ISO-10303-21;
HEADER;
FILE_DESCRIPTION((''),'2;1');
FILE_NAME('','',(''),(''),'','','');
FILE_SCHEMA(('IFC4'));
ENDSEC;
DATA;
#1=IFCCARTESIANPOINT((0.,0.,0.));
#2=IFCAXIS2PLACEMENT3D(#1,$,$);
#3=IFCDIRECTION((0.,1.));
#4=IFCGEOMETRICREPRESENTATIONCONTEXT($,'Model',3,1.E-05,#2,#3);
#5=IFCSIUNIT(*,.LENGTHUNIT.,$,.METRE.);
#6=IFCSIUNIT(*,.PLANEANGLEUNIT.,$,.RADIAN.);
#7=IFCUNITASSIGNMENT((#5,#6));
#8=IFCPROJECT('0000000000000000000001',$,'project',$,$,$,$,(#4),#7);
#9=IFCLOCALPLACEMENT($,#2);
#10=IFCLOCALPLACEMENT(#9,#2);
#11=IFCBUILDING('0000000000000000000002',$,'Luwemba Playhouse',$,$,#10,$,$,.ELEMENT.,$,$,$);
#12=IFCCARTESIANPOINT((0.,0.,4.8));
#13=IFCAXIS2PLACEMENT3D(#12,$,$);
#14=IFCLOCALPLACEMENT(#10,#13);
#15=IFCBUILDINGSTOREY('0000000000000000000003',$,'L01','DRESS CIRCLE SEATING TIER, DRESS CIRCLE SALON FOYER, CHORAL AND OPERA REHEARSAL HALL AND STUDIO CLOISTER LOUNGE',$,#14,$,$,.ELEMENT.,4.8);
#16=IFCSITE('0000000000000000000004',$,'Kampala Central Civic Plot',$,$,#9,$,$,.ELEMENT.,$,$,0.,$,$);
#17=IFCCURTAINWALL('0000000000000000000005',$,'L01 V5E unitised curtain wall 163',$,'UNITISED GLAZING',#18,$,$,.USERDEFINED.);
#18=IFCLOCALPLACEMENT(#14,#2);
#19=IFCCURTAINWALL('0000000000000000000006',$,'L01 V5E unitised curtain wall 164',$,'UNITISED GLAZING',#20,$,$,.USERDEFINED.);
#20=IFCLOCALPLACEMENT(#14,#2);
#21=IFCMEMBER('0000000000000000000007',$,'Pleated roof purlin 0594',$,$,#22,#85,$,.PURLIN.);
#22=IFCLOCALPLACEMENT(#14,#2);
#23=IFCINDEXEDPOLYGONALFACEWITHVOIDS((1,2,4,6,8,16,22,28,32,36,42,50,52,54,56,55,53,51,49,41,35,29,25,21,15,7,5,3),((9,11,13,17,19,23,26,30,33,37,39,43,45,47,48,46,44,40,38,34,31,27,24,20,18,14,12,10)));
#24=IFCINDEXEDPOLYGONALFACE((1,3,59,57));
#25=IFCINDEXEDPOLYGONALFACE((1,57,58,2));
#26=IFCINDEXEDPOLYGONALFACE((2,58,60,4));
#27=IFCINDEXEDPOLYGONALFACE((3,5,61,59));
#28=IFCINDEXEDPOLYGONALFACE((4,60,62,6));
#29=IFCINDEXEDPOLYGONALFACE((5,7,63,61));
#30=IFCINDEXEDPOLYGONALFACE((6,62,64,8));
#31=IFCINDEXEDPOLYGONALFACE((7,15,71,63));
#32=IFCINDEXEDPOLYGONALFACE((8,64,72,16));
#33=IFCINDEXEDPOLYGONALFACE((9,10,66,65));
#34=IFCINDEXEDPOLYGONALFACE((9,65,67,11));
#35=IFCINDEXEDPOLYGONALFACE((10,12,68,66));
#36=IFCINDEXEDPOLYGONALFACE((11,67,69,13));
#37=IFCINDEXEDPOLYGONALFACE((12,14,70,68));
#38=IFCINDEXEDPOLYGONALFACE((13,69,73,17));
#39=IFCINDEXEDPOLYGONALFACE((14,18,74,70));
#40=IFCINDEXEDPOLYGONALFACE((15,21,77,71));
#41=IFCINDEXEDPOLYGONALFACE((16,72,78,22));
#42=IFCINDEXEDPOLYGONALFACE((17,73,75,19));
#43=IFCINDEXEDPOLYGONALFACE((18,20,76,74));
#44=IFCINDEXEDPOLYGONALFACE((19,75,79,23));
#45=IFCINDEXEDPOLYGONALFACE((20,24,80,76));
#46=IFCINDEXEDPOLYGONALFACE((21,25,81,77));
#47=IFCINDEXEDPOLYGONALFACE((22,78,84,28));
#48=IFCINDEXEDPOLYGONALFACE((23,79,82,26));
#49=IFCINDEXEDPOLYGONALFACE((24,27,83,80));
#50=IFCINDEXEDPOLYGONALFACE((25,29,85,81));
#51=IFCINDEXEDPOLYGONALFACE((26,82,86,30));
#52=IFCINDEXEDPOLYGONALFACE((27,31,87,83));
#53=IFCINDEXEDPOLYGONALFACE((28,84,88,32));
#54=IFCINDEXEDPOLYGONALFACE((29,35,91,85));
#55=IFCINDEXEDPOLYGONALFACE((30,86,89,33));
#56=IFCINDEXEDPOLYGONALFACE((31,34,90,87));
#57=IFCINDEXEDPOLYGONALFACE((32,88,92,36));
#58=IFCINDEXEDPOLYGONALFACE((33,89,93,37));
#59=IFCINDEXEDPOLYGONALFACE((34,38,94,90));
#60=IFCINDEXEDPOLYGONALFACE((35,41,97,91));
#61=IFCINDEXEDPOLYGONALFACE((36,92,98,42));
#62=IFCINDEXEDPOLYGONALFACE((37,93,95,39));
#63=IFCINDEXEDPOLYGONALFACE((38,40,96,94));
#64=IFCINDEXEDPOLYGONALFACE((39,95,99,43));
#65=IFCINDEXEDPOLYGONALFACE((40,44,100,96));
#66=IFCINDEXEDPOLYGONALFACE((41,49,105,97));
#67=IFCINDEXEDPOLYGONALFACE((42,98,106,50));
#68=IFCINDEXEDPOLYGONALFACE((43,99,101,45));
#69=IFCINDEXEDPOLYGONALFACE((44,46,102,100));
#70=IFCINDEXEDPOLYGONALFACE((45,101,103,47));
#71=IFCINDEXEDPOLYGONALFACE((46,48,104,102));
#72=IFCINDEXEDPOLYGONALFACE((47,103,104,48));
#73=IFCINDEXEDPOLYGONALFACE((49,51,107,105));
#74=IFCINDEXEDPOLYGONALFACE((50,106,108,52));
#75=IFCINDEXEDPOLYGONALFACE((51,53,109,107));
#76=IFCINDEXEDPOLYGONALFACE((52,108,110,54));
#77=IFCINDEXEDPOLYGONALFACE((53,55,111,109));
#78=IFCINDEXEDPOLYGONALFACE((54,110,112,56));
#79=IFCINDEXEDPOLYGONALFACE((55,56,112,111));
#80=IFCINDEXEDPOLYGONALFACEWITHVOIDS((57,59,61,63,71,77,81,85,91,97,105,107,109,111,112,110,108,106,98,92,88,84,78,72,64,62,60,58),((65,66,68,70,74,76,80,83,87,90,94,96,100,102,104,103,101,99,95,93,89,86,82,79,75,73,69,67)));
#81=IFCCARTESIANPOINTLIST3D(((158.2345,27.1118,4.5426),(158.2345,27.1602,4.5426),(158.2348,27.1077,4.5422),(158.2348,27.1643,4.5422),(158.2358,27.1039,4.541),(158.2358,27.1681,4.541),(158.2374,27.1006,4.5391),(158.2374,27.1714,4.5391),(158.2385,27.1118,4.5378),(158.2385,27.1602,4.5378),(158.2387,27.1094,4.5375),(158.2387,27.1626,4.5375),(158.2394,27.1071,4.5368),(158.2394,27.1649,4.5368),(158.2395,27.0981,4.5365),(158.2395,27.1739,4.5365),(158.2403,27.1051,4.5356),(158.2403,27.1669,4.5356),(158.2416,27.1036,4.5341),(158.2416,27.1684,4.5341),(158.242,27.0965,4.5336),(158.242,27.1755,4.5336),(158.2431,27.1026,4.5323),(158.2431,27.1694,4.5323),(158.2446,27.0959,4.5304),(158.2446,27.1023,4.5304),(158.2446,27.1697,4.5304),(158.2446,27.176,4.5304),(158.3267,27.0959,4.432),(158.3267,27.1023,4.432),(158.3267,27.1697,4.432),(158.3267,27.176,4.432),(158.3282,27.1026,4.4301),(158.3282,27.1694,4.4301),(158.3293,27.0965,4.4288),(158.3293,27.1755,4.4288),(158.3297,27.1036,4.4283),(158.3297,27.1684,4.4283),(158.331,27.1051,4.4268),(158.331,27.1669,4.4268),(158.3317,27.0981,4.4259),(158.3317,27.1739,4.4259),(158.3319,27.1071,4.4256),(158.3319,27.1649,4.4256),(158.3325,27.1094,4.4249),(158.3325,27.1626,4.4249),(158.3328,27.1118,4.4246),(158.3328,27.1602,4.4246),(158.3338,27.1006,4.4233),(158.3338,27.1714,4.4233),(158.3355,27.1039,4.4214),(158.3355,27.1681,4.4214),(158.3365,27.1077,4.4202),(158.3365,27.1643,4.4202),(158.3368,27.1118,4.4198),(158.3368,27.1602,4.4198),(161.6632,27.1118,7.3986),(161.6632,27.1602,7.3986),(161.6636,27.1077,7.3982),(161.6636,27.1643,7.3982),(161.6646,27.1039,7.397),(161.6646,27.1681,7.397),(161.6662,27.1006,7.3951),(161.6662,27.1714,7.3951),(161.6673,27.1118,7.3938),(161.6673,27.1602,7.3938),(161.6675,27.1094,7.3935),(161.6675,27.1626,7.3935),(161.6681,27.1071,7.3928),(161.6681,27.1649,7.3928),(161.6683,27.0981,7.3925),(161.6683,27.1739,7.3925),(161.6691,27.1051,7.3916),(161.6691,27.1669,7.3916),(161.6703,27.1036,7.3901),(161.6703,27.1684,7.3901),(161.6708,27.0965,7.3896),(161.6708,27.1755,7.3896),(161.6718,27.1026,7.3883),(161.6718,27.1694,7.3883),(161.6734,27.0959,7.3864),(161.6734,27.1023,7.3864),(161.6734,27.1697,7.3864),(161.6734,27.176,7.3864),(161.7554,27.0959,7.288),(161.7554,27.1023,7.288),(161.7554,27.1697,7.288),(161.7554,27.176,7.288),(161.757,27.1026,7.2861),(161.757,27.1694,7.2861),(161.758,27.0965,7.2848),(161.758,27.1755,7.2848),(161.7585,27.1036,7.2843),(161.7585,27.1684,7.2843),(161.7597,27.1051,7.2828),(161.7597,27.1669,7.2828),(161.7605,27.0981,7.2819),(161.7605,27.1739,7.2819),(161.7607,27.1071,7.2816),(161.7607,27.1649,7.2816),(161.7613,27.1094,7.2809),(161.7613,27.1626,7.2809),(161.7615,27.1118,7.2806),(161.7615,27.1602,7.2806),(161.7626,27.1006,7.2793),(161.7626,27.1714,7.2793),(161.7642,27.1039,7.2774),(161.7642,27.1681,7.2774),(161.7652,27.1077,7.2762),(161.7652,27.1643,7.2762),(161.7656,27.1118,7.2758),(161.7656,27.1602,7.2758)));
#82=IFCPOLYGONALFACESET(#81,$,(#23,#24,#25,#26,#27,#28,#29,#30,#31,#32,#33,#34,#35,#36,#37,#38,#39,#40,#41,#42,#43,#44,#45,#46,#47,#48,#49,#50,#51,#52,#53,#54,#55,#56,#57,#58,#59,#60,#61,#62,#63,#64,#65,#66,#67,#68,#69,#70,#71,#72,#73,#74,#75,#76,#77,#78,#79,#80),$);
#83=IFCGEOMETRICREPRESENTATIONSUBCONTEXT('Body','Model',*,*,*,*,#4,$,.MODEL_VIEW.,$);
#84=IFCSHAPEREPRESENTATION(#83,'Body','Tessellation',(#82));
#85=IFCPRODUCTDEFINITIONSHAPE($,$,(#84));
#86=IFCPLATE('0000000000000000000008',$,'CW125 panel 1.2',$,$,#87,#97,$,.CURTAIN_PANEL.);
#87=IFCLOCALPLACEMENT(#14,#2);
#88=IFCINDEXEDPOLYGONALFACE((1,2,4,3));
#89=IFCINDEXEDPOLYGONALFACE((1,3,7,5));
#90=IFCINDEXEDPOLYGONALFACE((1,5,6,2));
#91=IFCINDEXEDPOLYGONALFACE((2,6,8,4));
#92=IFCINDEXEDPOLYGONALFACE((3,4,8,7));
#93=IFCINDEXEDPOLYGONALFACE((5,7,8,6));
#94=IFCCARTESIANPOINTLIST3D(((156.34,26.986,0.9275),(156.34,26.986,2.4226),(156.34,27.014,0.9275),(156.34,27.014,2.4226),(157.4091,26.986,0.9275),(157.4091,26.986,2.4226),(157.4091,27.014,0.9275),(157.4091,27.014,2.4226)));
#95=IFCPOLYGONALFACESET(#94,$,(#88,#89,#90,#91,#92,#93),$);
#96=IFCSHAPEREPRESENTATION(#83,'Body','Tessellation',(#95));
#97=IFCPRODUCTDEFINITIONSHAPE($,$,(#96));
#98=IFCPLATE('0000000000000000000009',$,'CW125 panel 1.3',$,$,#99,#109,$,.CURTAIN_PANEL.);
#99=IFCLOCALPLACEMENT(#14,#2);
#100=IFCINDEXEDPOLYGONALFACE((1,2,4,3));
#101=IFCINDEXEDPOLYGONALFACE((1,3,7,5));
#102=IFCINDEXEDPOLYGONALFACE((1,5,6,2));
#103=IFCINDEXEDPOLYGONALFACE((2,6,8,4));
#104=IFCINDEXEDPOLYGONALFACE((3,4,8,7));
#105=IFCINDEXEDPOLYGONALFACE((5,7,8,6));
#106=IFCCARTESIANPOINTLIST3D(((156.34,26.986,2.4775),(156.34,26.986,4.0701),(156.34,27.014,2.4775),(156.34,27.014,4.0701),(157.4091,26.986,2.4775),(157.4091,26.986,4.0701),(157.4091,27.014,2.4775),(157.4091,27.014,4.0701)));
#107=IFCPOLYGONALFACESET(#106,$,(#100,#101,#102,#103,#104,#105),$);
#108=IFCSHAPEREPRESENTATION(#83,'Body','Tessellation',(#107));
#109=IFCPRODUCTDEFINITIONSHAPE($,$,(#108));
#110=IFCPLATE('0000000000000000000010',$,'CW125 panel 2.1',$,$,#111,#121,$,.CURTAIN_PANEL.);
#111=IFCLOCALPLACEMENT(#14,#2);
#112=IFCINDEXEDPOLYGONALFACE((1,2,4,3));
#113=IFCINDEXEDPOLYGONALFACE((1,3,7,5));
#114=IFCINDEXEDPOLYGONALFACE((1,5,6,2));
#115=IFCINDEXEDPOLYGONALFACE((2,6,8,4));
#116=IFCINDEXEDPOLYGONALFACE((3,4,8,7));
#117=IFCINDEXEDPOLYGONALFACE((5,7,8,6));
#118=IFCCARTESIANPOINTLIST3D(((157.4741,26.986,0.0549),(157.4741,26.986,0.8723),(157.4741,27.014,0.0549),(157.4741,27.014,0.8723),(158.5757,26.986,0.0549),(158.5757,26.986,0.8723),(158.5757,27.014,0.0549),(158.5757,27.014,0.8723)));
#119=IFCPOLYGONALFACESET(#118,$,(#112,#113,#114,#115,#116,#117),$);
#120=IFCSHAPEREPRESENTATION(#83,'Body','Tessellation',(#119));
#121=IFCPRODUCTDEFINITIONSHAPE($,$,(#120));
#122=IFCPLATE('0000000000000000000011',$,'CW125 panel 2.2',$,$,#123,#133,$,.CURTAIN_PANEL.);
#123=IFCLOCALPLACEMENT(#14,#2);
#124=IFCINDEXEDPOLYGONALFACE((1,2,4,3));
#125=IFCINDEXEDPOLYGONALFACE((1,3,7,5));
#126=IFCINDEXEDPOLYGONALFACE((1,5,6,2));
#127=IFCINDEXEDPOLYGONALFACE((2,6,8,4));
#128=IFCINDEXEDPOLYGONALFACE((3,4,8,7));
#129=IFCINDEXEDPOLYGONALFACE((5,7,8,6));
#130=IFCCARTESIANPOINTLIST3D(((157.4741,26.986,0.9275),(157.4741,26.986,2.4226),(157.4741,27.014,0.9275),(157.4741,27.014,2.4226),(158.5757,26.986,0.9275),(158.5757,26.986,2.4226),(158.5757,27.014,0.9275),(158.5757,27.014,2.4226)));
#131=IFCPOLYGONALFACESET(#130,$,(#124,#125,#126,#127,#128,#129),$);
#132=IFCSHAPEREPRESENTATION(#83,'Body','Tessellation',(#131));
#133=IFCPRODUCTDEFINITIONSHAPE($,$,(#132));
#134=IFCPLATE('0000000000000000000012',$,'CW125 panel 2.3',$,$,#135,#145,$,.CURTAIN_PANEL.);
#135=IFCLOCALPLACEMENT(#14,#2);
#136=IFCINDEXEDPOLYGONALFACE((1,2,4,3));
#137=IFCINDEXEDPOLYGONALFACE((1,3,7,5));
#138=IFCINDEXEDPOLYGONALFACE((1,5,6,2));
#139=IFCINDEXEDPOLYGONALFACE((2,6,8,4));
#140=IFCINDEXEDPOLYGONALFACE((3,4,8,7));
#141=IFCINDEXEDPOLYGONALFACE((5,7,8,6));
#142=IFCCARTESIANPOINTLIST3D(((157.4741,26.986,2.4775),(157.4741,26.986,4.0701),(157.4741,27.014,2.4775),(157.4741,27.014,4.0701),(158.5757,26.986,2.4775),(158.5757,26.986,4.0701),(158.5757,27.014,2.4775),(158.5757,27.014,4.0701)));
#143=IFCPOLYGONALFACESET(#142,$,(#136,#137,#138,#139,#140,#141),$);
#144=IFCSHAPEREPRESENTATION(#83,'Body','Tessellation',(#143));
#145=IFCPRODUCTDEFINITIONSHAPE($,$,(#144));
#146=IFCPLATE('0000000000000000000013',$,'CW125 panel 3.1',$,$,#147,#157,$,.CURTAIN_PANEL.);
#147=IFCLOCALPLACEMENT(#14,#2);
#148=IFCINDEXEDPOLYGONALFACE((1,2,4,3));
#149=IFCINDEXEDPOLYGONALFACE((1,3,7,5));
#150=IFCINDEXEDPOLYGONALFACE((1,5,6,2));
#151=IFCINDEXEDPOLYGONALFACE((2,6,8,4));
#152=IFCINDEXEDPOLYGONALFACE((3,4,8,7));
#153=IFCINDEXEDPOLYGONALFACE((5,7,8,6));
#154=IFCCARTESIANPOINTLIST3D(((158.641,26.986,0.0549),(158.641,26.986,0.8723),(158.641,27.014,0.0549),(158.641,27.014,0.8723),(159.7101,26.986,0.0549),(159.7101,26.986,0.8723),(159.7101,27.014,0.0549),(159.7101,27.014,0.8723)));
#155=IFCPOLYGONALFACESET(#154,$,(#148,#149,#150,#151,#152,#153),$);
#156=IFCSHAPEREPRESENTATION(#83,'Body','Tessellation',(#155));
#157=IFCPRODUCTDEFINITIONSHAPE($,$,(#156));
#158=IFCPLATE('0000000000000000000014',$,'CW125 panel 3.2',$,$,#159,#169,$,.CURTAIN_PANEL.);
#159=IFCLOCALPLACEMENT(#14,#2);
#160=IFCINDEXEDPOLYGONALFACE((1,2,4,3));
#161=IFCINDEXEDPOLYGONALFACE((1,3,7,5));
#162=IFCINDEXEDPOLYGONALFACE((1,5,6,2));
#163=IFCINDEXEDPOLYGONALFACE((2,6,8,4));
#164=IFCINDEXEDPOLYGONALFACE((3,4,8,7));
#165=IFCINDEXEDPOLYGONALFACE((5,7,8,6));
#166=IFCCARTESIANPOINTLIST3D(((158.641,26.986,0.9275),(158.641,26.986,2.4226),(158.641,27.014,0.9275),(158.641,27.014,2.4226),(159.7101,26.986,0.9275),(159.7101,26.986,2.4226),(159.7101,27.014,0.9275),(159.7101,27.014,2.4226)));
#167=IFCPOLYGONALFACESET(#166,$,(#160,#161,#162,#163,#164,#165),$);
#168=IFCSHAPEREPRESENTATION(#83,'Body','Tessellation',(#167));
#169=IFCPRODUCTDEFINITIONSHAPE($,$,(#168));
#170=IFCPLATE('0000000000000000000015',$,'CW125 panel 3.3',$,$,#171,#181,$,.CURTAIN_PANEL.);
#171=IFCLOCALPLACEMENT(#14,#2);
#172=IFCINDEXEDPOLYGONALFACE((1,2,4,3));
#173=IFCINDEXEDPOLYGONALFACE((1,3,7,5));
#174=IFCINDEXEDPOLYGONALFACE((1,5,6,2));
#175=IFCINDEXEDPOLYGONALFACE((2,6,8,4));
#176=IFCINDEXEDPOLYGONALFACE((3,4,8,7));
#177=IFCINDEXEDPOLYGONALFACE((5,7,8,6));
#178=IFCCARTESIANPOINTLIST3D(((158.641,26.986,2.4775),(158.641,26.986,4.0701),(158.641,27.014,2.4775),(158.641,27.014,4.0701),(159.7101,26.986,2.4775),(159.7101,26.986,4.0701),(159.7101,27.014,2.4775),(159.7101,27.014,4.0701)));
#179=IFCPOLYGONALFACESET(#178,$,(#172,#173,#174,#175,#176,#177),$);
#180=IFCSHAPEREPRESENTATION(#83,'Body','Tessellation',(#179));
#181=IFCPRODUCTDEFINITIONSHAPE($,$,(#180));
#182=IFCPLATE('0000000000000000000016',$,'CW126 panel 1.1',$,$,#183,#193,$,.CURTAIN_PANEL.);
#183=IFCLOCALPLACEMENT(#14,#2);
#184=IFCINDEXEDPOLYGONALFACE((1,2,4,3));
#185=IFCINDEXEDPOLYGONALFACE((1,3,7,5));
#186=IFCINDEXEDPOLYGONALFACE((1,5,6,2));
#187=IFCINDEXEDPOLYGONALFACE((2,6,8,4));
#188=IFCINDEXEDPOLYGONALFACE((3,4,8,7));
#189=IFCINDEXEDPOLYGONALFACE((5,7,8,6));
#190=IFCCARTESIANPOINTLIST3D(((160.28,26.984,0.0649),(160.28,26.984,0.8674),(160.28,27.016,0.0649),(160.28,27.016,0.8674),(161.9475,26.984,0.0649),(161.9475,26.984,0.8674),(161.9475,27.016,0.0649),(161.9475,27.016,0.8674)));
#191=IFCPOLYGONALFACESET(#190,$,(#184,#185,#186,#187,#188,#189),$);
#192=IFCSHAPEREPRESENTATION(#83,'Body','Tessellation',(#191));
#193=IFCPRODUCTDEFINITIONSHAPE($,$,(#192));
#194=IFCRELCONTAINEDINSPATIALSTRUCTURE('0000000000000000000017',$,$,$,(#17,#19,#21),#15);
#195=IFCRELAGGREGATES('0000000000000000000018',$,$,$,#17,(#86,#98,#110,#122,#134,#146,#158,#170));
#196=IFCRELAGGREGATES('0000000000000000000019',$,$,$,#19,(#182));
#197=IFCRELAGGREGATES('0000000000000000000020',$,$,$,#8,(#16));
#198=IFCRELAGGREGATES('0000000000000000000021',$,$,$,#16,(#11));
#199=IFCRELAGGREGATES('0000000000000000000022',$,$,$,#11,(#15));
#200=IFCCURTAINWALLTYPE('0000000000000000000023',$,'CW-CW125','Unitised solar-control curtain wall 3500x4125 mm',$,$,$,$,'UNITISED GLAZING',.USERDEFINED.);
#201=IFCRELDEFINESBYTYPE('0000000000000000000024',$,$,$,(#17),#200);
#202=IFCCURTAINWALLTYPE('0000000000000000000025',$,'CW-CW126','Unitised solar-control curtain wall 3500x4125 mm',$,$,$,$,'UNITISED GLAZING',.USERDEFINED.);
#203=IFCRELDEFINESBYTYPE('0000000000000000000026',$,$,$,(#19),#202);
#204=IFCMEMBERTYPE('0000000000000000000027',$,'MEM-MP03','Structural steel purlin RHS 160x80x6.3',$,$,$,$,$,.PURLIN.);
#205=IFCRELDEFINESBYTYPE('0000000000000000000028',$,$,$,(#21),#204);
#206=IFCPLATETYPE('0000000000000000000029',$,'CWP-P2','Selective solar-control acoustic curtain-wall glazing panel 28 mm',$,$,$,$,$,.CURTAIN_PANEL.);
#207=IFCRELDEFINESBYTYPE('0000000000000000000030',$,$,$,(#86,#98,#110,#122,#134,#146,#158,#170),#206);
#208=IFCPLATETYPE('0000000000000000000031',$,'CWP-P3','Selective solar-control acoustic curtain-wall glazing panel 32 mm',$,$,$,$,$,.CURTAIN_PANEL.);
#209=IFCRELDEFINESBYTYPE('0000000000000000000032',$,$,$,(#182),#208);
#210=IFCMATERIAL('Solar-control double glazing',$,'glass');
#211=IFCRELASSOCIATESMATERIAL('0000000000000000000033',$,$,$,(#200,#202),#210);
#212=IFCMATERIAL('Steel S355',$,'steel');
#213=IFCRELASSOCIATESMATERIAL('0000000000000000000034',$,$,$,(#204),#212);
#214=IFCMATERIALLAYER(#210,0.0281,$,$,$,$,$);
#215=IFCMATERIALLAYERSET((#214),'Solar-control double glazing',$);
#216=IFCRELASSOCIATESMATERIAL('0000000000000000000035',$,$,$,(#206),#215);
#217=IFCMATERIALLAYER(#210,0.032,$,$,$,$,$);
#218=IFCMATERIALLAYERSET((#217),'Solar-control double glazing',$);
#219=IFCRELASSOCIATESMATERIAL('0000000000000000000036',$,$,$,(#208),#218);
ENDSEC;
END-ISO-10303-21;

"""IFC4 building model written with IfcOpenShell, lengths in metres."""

from ifc_helpers import new_model, si_unit, direction, frame, origin, origin_2d, place, context, subcontext, project, spatial, rectangle, hollow_rectangle, extrude, material, layer, layer_set, material_profile, profile_set, type_object, element, aggregate, save


model = new_model("IFC4")

# Units and contexts
model_context = context("Model", 3, precision=1e-05, world=origin(), true_north=direction((0.0, 1.0)))
body_context = subcontext(model_context, "Body", "Model", "MODEL_VIEW")
ifc_project = project(units=[si_unit("LENGTHUNIT", "METRE"), si_unit("PLANEANGLEUNIT", "RADIAN")], contexts=[model_context])

# Site, building, storey
site_placement = place(None, origin())
site = spatial("IfcSite", under=ifc_project, at=site_placement, Name="Kampala Central Civic Plot", CompositionType="ELEMENT", RefElevation=0.0)
building_placement = place(site_placement, origin())
building = spatial("IfcBuilding", under=site, at=building_placement, Name="Luwemba Playhouse", CompositionType="ELEMENT")
storey_placement = place(building_placement, frame((0.0, 0.0, 4.8)))
storey = spatial("IfcBuildingStorey", under=building, at=storey_placement, Name="L01", Description="DRESS CIRCLE SEATING TIER, DRESS CIRCLE SALON FOYER, CHORAL AND OPERA REHEARSAL HALL AND STUDIO CLOISTER LOUNGE", CompositionType="ELEMENT", Elevation=4.8)

# Curtain wall
ifc_material_1 = material(Name="Solar-control double glazing", Category="glass")
curtain_wall_type_1 = type_object("IfcCurtainWallType", Name="CW-CW125", Description="Unitised solar-control curtain wall 3500x4125 mm", ElementType="UNITISED GLAZING", PredefinedType="USERDEFINED", material=ifc_material_1)
curtain_wall_1_placement = place(storey_placement, origin())
curtain_wall_1 = element("IfcCurtainWall", 1, at=curtain_wall_1_placement, inside=storey, type_object=curtain_wall_type_1, Name="L01 V5E unitised curtain wall 163", ObjectType="UNITISED GLAZING", PredefinedType="USERDEFINED")

# Curtain wall
curtain_wall_type_2 = type_object("IfcCurtainWallType", Name="CW-CW126", Description="Unitised solar-control curtain wall 3500x4125 mm", ElementType="UNITISED GLAZING", PredefinedType="USERDEFINED", material=ifc_material_1)
curtain_wall_2_placement = place(storey_placement, origin())
curtain_wall_2 = element("IfcCurtainWall", 2, at=curtain_wall_2_placement, inside=storey, type_object=curtain_wall_type_2, Name="L01 V5E unitised curtain wall 164", ObjectType="UNITISED GLAZING", PredefinedType="USERDEFINED")

# Member
ifc_material_2 = material(Name="Steel S355", Category="steel")
ifc_material_profile_1 = material_profile(ifc_material_2, hollow_rectangle(XDim=0.0801, YDim=0.1599, WallThickness=0.0063, InnerFilletRadius=0.0095, OuterFilletRadius=0.0159, at=origin_2d()))
ifc_profile_set_1 = profile_set([ifc_material_profile_1], Name="Steel S355")
member_type_1 = type_object("IfcMemberType", Name="MEM-MP03", Description="Structural steel purlin RHS 160x80x6.3", PredefinedType="PURLIN", material=ifc_profile_set_1)
member_1_placement = place(storey_placement, frame((158.2856, 27.136, 4.4812), z_axis=(0.768365, 0.0, 0.640012), x_axis=(0.0, 1.0, 0.0)))
element("IfcMember", 3, at=member_1_placement, inside=storey, type_object=member_type_1, Name="Pleated roof purlin 0594", PredefinedType="PURLIN", context=body_context, shape_type="SweptSolid", body=[
    extrude(hollow_rectangle(XDim=0.0801, YDim=0.1599, WallThickness=0.0063, InnerFilletRadius=0.0095, OuterFilletRadius=0.0159, at=origin_2d()), origin(), (0.0, 0.0, 1.0), 4.4624),
])

# Plates
ifc_layer_1 = layer(ifc_material_1, 0.0281)
ifc_layer_set_1 = layer_set([ifc_layer_1], Name="Solar-control double glazing")
plate_type_1 = type_object("IfcPlateType", Name="CWP-P2", Description="Selective solar-control acoustic curtain-wall glazing panel 28 mm", PredefinedType="CURTAIN_PANEL", material=ifc_layer_set_1)
plate_1_placement = place(storey_placement, frame((156.8745, 27.0, 0.9275), z_axis=(0.0, 0.0, 1.0), x_axis=(1.0, 0.0, 0.0)))
plate_1 = element("IfcPlate", 4, at=plate_1_placement, type_object=plate_type_1, Name="CW125 panel 1.2", PredefinedType="CURTAIN_PANEL", context=body_context, shape_type="SweptSolid", body=[
    extrude(rectangle(XDim=1.0691, YDim=0.0281, at=origin_2d()), origin(), (0.0, 0.0, 1.0), 1.4951),
])
plate_2_placement = place(storey_placement, frame((156.8745, 27.0, 2.4775), z_axis=(0.0, 0.0, 1.0), x_axis=(1.0, 0.0, 0.0)))
plate_2 = element("IfcPlate", 5, at=plate_2_placement, type_object=plate_type_1, Name="CW125 panel 1.3", PredefinedType="CURTAIN_PANEL", context=body_context, shape_type="SweptSolid", body=[
    extrude(rectangle(XDim=1.0691, YDim=0.0281, at=origin_2d()), origin(), (0.0, 0.0, 1.0), 1.5925),
])
plate_3_placement = place(storey_placement, frame((158.0249, 27.0, 0.0549), z_axis=(0.0, 0.0, 1.0), x_axis=(1.0, 0.0, 0.0)))
plate_3 = element("IfcPlate", 6, at=plate_3_placement, type_object=plate_type_1, Name="CW125 panel 2.1", PredefinedType="CURTAIN_PANEL", context=body_context, shape_type="SweptSolid", body=[
    extrude(rectangle(XDim=1.1016, YDim=0.0281, at=origin_2d()), origin(), (0.0, 0.0, 1.0), 0.8174),
])
plate_4_placement = place(storey_placement, frame((158.0249, 27.0, 0.9275), z_axis=(0.0, 0.0, 1.0), x_axis=(1.0, 0.0, 0.0)))
plate_4 = element("IfcPlate", 7, at=plate_4_placement, type_object=plate_type_1, Name="CW125 panel 2.2", PredefinedType="CURTAIN_PANEL", context=body_context, shape_type="SweptSolid", body=[
    extrude(rectangle(XDim=1.1016, YDim=0.0281, at=origin_2d()), origin(), (0.0, 0.0, 1.0), 1.4951),
])
plate_5_placement = place(storey_placement, frame((158.0249, 27.0, 2.4775), z_axis=(0.0, 0.0, 1.0), x_axis=(1.0, 0.0, 0.0)))
plate_5 = element("IfcPlate", 8, at=plate_5_placement, type_object=plate_type_1, Name="CW125 panel 2.3", PredefinedType="CURTAIN_PANEL", context=body_context, shape_type="SweptSolid", body=[
    extrude(rectangle(XDim=1.1016, YDim=0.0281, at=origin_2d()), origin(), (0.0, 0.0, 1.0), 1.5925),
])
plate_6_placement = place(storey_placement, frame((159.1755, 27.0, 0.0549), z_axis=(0.0, 0.0, 1.0), x_axis=(1.0, 0.0, 0.0)))
plate_6 = element("IfcPlate", 9, at=plate_6_placement, type_object=plate_type_1, Name="CW125 panel 3.1", PredefinedType="CURTAIN_PANEL", context=body_context, shape_type="SweptSolid", body=[
    extrude(rectangle(XDim=1.0691, YDim=0.0281, at=origin_2d()), origin(), (0.0, 0.0, 1.0), 0.8174),
])
plate_7_placement = place(storey_placement, frame((159.1755, 27.0, 0.9275), z_axis=(0.0, 0.0, 1.0), x_axis=(1.0, 0.0, 0.0)))
plate_7 = element("IfcPlate", 10, at=plate_7_placement, type_object=plate_type_1, Name="CW125 panel 3.2", PredefinedType="CURTAIN_PANEL", context=body_context, shape_type="SweptSolid", body=[
    extrude(rectangle(XDim=1.0691, YDim=0.0281, at=origin_2d()), origin(), (0.0, 0.0, 1.0), 1.4951),
])
plate_8_placement = place(storey_placement, frame((159.1755, 27.0, 2.4775), z_axis=(0.0, 0.0, 1.0), x_axis=(1.0, 0.0, 0.0)))
plate_8 = element("IfcPlate", 11, at=plate_8_placement, type_object=plate_type_1, Name="CW125 panel 3.3", PredefinedType="CURTAIN_PANEL", context=body_context, shape_type="SweptSolid", body=[
    extrude(rectangle(XDim=1.0691, YDim=0.0281, at=origin_2d()), origin(), (0.0, 0.0, 1.0), 1.5925),
])
aggregate(curtain_wall_1, [plate_1, plate_2, plate_3, plate_4, plate_5, plate_6, plate_7, plate_8])
ifc_layer_2 = layer(ifc_material_1, 0.032)
ifc_layer_set_2 = layer_set([ifc_layer_2], Name="Solar-control double glazing")
plate_type_2 = type_object("IfcPlateType", Name="CWP-P3", Description="Selective solar-control acoustic curtain-wall glazing panel 32 mm", PredefinedType="CURTAIN_PANEL", material=ifc_layer_set_2)
plate_9_placement = place(storey_placement, frame((161.1138, 27.0, 0.0649), z_axis=(0.0, 0.0, 1.0), x_axis=(1.0, 0.0, 0.0)))
plate_9 = element("IfcPlate", 12, at=plate_9_placement, type_object=plate_type_2, Name="CW126 panel 1.1", PredefinedType="CURTAIN_PANEL", context=body_context, shape_type="SweptSolid", body=[
    extrude(rectangle(XDim=1.6675, YDim=0.032, at=origin_2d()), origin(), (0.0, 0.0, 1.0), 0.8025),
])
aggregate(curtain_wall_2, [plate_9])

save(model, "model.ifc")
